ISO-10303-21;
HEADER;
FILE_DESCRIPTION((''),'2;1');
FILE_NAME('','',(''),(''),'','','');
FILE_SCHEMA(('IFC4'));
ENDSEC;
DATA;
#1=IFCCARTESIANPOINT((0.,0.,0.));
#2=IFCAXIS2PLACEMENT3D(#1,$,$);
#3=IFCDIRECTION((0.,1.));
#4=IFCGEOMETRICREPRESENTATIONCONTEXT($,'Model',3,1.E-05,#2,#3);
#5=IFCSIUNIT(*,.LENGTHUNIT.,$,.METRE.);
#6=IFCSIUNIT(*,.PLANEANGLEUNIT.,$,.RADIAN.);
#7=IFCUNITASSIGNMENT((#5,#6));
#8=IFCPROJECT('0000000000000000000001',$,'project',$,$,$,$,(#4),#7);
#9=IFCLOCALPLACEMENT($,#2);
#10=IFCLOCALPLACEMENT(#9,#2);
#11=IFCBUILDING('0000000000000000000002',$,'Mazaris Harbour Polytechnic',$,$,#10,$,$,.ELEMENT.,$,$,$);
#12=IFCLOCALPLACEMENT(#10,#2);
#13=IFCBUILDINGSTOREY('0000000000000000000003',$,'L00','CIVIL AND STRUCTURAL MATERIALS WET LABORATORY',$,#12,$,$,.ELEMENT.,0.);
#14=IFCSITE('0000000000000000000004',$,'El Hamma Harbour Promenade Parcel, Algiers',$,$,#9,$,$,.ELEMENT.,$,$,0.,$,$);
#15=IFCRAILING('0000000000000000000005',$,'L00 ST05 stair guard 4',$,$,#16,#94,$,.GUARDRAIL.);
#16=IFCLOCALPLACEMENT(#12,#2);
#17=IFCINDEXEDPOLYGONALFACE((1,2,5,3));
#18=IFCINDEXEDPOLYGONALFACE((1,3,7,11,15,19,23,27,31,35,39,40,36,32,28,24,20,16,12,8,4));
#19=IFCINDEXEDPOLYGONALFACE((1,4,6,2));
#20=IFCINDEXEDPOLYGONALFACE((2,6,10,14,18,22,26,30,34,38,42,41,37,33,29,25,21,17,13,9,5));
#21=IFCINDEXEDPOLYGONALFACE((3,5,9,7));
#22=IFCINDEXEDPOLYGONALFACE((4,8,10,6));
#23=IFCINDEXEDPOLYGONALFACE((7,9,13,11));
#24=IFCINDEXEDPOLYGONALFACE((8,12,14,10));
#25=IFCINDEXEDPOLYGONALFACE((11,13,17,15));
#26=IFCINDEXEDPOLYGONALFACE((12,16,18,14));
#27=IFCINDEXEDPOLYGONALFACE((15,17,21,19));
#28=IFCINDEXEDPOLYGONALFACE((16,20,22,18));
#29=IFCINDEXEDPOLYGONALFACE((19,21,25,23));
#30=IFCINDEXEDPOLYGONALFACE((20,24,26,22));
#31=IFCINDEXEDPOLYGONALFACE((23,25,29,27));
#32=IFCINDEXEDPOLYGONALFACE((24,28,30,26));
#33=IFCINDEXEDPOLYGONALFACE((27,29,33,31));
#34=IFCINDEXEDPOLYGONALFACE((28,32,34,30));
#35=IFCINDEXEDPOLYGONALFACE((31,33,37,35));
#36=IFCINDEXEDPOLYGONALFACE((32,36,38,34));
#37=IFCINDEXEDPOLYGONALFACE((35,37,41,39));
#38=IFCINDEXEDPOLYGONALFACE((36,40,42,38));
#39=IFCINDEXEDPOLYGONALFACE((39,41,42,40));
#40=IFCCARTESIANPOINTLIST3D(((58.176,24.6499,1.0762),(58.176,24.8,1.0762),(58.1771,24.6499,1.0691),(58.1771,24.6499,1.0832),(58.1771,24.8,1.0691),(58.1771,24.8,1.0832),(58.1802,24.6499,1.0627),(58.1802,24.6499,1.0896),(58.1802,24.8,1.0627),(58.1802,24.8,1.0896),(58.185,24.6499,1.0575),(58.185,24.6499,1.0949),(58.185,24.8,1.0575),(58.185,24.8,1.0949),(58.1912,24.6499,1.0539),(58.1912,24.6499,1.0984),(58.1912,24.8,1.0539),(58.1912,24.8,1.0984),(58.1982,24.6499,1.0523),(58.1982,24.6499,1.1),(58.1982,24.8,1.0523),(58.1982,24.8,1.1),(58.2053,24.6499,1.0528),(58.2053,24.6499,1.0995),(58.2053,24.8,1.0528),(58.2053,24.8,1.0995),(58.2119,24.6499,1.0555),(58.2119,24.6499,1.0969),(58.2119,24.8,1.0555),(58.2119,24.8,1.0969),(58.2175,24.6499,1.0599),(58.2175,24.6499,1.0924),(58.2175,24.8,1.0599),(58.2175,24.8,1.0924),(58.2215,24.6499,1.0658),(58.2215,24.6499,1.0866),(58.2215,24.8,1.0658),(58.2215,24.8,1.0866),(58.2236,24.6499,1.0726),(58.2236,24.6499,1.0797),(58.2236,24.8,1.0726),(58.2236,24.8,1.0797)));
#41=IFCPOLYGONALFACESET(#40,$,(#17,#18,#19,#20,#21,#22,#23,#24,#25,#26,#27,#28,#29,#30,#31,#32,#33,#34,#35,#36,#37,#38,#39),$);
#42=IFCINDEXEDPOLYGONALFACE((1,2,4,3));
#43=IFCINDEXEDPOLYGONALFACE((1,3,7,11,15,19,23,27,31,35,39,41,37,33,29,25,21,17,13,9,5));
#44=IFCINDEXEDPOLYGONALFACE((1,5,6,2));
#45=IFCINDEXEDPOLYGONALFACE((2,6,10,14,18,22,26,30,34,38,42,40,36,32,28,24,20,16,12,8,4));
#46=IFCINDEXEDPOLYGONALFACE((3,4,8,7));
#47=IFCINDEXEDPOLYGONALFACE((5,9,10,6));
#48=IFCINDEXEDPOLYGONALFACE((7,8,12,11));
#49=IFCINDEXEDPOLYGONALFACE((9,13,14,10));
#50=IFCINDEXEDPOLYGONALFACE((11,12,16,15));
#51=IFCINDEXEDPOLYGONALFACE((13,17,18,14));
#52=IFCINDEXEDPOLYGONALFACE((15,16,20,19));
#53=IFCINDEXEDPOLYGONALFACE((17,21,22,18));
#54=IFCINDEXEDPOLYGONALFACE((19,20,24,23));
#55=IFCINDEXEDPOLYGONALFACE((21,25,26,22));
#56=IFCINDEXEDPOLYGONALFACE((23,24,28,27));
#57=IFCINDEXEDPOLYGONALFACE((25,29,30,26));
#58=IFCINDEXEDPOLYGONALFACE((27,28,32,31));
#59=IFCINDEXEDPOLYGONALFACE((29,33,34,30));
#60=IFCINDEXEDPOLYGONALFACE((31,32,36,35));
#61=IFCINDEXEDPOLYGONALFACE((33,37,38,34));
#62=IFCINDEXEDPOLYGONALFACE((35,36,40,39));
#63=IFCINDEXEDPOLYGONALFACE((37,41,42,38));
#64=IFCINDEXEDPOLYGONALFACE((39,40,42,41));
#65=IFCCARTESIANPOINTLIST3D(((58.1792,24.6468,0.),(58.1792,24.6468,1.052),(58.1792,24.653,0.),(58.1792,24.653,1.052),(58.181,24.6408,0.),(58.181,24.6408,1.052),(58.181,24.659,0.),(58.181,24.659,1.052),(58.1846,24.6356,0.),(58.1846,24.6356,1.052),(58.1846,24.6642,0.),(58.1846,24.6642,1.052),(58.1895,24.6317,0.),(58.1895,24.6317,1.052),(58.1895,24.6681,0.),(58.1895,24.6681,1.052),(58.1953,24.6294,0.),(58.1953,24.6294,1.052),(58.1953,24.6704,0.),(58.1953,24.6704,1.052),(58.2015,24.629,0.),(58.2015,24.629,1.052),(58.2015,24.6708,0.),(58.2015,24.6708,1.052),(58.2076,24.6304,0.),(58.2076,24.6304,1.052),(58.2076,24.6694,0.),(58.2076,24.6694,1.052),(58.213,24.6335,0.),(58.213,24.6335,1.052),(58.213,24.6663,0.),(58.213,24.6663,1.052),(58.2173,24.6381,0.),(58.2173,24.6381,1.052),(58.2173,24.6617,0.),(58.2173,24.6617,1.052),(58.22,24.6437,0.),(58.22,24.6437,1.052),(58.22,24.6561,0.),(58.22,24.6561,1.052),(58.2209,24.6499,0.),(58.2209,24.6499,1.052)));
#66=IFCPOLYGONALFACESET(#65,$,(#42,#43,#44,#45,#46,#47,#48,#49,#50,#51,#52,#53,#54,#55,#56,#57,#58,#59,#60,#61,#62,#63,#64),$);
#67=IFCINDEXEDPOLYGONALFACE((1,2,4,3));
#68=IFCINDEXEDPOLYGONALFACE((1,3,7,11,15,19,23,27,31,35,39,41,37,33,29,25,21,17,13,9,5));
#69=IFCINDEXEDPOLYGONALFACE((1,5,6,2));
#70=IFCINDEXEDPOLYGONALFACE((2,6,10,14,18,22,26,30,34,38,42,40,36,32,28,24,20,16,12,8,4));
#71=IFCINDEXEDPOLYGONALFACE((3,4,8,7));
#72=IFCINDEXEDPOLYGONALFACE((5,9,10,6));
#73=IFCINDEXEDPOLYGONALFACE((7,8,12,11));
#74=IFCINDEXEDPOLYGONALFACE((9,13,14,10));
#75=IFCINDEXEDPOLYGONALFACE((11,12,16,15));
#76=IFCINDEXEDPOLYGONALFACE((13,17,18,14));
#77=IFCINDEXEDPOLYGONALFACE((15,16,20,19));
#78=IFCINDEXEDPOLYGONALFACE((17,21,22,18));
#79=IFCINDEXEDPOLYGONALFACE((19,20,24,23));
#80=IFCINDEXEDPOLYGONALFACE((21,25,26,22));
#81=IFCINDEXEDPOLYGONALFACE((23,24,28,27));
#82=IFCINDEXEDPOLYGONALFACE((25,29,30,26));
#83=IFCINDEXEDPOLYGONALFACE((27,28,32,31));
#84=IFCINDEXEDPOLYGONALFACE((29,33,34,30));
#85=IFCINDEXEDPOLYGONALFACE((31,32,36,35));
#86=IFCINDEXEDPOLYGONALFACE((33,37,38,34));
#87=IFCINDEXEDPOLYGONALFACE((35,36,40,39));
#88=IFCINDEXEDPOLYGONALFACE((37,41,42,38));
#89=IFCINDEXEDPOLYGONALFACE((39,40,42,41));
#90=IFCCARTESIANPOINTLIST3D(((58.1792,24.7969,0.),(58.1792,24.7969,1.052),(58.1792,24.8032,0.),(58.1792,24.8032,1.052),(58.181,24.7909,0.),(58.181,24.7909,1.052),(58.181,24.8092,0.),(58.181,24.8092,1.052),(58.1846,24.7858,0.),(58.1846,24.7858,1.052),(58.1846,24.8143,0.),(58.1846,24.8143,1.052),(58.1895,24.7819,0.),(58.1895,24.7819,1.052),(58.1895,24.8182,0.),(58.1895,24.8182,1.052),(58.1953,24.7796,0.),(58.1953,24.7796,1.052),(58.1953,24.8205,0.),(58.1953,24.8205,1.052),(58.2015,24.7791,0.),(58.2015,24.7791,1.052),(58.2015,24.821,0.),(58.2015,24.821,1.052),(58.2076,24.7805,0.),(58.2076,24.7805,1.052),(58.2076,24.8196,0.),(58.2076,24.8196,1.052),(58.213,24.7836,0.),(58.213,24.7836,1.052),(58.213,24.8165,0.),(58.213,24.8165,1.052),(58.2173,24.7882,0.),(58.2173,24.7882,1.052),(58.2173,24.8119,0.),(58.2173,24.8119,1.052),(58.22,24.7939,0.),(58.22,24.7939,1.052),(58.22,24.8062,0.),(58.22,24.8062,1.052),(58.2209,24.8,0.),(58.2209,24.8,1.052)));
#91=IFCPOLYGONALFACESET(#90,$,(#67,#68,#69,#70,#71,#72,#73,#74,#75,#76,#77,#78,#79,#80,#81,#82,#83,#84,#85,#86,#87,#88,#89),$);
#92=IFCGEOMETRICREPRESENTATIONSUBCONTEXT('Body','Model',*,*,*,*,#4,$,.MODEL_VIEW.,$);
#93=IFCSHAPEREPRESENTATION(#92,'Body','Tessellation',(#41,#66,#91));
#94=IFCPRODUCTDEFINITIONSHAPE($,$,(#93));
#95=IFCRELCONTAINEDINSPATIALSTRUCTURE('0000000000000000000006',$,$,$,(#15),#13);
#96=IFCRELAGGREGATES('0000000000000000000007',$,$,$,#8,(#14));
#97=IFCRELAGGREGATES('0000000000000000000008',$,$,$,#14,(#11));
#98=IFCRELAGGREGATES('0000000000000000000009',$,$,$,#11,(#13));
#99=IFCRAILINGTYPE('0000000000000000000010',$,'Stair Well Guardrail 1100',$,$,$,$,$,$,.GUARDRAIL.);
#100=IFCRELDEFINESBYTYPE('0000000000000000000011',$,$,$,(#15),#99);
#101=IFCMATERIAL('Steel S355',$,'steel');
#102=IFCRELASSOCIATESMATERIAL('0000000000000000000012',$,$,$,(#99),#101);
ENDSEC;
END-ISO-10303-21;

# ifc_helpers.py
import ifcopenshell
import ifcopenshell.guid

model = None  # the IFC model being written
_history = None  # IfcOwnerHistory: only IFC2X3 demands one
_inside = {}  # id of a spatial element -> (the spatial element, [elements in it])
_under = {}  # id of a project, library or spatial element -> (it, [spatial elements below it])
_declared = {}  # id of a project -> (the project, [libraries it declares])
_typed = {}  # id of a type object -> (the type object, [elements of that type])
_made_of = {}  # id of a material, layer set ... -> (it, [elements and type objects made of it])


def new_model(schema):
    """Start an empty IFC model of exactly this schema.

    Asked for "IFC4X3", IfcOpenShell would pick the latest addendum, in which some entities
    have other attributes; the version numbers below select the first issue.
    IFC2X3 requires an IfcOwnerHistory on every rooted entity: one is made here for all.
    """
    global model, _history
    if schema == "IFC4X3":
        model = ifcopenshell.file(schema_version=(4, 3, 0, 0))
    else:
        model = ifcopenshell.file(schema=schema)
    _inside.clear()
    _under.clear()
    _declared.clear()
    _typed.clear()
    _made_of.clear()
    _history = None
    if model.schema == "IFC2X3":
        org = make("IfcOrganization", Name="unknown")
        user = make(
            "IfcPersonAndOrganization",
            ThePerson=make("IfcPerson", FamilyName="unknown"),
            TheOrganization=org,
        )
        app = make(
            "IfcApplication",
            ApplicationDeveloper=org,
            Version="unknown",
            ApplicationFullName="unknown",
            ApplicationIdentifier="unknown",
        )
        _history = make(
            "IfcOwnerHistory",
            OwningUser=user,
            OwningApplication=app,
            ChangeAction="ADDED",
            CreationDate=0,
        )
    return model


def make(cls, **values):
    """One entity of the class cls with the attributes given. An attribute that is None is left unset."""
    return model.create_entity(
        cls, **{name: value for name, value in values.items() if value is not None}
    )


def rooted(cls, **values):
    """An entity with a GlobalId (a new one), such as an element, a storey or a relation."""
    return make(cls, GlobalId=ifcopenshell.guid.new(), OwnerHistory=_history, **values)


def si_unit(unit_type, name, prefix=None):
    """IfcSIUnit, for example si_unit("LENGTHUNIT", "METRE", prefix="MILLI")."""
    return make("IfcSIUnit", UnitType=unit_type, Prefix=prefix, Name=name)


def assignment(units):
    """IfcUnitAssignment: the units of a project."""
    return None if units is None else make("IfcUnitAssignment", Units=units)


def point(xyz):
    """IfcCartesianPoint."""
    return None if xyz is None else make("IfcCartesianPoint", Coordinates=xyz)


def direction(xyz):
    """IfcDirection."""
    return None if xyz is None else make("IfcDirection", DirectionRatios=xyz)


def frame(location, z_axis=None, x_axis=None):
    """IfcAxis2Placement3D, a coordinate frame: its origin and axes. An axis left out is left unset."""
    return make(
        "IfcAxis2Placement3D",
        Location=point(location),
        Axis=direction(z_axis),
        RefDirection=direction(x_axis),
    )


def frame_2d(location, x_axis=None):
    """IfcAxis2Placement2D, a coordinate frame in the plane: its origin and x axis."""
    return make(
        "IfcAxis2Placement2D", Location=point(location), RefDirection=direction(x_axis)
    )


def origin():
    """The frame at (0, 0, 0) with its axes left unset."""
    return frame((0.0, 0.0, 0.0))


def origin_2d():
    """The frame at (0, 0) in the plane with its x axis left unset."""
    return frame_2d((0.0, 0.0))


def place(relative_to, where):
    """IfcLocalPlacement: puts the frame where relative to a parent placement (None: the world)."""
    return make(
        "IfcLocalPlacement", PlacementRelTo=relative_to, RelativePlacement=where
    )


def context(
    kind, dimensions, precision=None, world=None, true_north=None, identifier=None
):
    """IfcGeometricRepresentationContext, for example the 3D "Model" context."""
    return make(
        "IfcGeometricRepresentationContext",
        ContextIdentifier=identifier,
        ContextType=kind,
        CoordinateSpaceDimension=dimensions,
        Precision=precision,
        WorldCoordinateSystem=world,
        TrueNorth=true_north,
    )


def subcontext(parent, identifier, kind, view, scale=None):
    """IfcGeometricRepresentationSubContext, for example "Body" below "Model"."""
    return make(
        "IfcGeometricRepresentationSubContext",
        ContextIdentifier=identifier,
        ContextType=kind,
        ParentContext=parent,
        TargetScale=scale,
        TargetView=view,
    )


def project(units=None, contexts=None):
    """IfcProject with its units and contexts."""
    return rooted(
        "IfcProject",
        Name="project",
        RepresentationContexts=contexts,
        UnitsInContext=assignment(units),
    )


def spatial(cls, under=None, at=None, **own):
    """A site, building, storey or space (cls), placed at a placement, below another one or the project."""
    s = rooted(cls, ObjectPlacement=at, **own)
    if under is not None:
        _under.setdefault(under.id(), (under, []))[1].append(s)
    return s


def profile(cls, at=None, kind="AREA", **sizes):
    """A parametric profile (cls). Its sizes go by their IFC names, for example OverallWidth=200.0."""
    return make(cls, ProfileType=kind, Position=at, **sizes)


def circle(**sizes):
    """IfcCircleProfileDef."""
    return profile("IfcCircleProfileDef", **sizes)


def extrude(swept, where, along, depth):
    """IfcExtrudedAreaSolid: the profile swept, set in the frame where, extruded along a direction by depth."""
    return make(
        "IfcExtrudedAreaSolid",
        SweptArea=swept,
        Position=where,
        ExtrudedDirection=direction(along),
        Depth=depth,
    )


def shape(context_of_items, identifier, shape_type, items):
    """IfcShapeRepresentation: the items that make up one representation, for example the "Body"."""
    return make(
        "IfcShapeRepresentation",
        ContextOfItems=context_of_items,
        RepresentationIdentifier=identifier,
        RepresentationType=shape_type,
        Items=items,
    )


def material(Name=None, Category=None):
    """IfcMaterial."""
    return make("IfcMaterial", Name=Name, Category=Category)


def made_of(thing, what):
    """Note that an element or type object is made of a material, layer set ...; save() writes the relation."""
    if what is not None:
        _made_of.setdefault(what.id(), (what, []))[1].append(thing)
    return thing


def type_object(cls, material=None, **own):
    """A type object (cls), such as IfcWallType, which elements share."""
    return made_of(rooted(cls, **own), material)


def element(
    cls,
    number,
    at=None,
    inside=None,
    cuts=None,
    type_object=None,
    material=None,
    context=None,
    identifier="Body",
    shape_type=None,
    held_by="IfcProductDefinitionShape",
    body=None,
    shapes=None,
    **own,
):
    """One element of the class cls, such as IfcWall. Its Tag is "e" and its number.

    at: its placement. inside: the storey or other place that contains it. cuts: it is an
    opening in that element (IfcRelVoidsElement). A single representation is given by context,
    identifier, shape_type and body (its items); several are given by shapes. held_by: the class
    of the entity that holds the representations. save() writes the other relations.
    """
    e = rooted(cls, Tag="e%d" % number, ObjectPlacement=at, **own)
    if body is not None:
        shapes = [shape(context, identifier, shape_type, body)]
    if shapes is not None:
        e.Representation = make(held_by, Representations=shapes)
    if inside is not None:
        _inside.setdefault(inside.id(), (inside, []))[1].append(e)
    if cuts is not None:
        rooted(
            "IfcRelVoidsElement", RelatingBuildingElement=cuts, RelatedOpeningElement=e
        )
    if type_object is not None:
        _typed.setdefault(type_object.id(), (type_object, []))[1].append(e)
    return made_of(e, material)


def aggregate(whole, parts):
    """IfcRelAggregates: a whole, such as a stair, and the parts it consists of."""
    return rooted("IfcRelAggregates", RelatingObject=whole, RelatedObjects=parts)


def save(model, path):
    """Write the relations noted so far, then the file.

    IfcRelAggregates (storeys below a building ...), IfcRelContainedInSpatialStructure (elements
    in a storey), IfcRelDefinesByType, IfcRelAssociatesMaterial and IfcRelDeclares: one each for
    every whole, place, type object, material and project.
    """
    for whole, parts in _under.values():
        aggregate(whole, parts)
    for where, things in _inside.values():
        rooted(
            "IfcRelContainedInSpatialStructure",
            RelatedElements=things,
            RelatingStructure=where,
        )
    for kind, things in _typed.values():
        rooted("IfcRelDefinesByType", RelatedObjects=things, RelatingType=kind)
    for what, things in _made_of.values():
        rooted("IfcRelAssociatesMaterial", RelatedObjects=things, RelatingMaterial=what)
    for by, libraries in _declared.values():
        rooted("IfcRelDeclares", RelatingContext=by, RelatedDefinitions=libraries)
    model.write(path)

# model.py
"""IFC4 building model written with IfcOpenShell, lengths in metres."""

from ifc_helpers import new_model, si_unit, direction, frame, origin, origin_2d, place, context, subcontext, project, spatial, circle, extrude, material, type_object, element, save


model = new_model("IFC4")

# Units and contexts
model_context = context("Model", 3, precision=1e-05, world=origin(), true_north=direction((0.0, 1.0)))
body_context = subcontext(model_context, "Body", "Model", "MODEL_VIEW")
ifc_project = project(units=[si_unit("LENGTHUNIT", "METRE"), si_unit("PLANEANGLEUNIT", "RADIAN")], contexts=[model_context])

# Site, building, storey
site_placement = place(None, origin())
site = spatial("IfcSite", under=ifc_project, at=site_placement, Name="El Hamma Harbour Promenade Parcel, Algiers", CompositionType="ELEMENT", RefElevation=0.0)
building_placement = place(site_placement, origin())
building = spatial("IfcBuilding", under=site, at=building_placement, Name="Mazaris Harbour Polytechnic", CompositionType="ELEMENT")
storey_placement = place(building_placement, origin())
storey = spatial("IfcBuildingStorey", under=building, at=storey_placement, Name="L00", Description="CIVIL AND STRUCTURAL MATERIALS WET LABORATORY", CompositionType="ELEMENT", Elevation=0.0)

# Railing
ifc_material_1 = material(Name="Steel S355", Category="steel")
railing_type_1 = type_object("IfcRailingType", Name="Stair Well Guardrail 1100", PredefinedType="GUARDRAIL", material=ifc_material_1)
railing_1_placement = place(storey_placement, frame((58.2, 24.6499, 0.0)))
element("IfcRailing", 1, at=railing_1_placement, inside=storey, type_object=railing_type_1, Name="L00 ST05 stair guard 4", PredefinedType="GUARDRAIL", context=body_context, shape_type="SweptSolid", body=[
    extrude(circle(Radius=0.0239, at=origin_2d()), frame((0.0, 0.0, 1.0762), z_axis=(0.0, 1.0, 0.0), x_axis=(-1.0, 0.0, 0.0)), (0.0, 0.0, 1.0), 0.1501),
    extrude(circle(Radius=0.021, at=origin_2d()), origin(), (0.0, 0.0, 1.0), 1.052),
    extrude(circle(Radius=0.021, at=origin_2d()), frame((0.0, 0.1501, 0.0)), (0.0, 0.0, 1.0), 1.052),
])

save(model, "model.ifc")
